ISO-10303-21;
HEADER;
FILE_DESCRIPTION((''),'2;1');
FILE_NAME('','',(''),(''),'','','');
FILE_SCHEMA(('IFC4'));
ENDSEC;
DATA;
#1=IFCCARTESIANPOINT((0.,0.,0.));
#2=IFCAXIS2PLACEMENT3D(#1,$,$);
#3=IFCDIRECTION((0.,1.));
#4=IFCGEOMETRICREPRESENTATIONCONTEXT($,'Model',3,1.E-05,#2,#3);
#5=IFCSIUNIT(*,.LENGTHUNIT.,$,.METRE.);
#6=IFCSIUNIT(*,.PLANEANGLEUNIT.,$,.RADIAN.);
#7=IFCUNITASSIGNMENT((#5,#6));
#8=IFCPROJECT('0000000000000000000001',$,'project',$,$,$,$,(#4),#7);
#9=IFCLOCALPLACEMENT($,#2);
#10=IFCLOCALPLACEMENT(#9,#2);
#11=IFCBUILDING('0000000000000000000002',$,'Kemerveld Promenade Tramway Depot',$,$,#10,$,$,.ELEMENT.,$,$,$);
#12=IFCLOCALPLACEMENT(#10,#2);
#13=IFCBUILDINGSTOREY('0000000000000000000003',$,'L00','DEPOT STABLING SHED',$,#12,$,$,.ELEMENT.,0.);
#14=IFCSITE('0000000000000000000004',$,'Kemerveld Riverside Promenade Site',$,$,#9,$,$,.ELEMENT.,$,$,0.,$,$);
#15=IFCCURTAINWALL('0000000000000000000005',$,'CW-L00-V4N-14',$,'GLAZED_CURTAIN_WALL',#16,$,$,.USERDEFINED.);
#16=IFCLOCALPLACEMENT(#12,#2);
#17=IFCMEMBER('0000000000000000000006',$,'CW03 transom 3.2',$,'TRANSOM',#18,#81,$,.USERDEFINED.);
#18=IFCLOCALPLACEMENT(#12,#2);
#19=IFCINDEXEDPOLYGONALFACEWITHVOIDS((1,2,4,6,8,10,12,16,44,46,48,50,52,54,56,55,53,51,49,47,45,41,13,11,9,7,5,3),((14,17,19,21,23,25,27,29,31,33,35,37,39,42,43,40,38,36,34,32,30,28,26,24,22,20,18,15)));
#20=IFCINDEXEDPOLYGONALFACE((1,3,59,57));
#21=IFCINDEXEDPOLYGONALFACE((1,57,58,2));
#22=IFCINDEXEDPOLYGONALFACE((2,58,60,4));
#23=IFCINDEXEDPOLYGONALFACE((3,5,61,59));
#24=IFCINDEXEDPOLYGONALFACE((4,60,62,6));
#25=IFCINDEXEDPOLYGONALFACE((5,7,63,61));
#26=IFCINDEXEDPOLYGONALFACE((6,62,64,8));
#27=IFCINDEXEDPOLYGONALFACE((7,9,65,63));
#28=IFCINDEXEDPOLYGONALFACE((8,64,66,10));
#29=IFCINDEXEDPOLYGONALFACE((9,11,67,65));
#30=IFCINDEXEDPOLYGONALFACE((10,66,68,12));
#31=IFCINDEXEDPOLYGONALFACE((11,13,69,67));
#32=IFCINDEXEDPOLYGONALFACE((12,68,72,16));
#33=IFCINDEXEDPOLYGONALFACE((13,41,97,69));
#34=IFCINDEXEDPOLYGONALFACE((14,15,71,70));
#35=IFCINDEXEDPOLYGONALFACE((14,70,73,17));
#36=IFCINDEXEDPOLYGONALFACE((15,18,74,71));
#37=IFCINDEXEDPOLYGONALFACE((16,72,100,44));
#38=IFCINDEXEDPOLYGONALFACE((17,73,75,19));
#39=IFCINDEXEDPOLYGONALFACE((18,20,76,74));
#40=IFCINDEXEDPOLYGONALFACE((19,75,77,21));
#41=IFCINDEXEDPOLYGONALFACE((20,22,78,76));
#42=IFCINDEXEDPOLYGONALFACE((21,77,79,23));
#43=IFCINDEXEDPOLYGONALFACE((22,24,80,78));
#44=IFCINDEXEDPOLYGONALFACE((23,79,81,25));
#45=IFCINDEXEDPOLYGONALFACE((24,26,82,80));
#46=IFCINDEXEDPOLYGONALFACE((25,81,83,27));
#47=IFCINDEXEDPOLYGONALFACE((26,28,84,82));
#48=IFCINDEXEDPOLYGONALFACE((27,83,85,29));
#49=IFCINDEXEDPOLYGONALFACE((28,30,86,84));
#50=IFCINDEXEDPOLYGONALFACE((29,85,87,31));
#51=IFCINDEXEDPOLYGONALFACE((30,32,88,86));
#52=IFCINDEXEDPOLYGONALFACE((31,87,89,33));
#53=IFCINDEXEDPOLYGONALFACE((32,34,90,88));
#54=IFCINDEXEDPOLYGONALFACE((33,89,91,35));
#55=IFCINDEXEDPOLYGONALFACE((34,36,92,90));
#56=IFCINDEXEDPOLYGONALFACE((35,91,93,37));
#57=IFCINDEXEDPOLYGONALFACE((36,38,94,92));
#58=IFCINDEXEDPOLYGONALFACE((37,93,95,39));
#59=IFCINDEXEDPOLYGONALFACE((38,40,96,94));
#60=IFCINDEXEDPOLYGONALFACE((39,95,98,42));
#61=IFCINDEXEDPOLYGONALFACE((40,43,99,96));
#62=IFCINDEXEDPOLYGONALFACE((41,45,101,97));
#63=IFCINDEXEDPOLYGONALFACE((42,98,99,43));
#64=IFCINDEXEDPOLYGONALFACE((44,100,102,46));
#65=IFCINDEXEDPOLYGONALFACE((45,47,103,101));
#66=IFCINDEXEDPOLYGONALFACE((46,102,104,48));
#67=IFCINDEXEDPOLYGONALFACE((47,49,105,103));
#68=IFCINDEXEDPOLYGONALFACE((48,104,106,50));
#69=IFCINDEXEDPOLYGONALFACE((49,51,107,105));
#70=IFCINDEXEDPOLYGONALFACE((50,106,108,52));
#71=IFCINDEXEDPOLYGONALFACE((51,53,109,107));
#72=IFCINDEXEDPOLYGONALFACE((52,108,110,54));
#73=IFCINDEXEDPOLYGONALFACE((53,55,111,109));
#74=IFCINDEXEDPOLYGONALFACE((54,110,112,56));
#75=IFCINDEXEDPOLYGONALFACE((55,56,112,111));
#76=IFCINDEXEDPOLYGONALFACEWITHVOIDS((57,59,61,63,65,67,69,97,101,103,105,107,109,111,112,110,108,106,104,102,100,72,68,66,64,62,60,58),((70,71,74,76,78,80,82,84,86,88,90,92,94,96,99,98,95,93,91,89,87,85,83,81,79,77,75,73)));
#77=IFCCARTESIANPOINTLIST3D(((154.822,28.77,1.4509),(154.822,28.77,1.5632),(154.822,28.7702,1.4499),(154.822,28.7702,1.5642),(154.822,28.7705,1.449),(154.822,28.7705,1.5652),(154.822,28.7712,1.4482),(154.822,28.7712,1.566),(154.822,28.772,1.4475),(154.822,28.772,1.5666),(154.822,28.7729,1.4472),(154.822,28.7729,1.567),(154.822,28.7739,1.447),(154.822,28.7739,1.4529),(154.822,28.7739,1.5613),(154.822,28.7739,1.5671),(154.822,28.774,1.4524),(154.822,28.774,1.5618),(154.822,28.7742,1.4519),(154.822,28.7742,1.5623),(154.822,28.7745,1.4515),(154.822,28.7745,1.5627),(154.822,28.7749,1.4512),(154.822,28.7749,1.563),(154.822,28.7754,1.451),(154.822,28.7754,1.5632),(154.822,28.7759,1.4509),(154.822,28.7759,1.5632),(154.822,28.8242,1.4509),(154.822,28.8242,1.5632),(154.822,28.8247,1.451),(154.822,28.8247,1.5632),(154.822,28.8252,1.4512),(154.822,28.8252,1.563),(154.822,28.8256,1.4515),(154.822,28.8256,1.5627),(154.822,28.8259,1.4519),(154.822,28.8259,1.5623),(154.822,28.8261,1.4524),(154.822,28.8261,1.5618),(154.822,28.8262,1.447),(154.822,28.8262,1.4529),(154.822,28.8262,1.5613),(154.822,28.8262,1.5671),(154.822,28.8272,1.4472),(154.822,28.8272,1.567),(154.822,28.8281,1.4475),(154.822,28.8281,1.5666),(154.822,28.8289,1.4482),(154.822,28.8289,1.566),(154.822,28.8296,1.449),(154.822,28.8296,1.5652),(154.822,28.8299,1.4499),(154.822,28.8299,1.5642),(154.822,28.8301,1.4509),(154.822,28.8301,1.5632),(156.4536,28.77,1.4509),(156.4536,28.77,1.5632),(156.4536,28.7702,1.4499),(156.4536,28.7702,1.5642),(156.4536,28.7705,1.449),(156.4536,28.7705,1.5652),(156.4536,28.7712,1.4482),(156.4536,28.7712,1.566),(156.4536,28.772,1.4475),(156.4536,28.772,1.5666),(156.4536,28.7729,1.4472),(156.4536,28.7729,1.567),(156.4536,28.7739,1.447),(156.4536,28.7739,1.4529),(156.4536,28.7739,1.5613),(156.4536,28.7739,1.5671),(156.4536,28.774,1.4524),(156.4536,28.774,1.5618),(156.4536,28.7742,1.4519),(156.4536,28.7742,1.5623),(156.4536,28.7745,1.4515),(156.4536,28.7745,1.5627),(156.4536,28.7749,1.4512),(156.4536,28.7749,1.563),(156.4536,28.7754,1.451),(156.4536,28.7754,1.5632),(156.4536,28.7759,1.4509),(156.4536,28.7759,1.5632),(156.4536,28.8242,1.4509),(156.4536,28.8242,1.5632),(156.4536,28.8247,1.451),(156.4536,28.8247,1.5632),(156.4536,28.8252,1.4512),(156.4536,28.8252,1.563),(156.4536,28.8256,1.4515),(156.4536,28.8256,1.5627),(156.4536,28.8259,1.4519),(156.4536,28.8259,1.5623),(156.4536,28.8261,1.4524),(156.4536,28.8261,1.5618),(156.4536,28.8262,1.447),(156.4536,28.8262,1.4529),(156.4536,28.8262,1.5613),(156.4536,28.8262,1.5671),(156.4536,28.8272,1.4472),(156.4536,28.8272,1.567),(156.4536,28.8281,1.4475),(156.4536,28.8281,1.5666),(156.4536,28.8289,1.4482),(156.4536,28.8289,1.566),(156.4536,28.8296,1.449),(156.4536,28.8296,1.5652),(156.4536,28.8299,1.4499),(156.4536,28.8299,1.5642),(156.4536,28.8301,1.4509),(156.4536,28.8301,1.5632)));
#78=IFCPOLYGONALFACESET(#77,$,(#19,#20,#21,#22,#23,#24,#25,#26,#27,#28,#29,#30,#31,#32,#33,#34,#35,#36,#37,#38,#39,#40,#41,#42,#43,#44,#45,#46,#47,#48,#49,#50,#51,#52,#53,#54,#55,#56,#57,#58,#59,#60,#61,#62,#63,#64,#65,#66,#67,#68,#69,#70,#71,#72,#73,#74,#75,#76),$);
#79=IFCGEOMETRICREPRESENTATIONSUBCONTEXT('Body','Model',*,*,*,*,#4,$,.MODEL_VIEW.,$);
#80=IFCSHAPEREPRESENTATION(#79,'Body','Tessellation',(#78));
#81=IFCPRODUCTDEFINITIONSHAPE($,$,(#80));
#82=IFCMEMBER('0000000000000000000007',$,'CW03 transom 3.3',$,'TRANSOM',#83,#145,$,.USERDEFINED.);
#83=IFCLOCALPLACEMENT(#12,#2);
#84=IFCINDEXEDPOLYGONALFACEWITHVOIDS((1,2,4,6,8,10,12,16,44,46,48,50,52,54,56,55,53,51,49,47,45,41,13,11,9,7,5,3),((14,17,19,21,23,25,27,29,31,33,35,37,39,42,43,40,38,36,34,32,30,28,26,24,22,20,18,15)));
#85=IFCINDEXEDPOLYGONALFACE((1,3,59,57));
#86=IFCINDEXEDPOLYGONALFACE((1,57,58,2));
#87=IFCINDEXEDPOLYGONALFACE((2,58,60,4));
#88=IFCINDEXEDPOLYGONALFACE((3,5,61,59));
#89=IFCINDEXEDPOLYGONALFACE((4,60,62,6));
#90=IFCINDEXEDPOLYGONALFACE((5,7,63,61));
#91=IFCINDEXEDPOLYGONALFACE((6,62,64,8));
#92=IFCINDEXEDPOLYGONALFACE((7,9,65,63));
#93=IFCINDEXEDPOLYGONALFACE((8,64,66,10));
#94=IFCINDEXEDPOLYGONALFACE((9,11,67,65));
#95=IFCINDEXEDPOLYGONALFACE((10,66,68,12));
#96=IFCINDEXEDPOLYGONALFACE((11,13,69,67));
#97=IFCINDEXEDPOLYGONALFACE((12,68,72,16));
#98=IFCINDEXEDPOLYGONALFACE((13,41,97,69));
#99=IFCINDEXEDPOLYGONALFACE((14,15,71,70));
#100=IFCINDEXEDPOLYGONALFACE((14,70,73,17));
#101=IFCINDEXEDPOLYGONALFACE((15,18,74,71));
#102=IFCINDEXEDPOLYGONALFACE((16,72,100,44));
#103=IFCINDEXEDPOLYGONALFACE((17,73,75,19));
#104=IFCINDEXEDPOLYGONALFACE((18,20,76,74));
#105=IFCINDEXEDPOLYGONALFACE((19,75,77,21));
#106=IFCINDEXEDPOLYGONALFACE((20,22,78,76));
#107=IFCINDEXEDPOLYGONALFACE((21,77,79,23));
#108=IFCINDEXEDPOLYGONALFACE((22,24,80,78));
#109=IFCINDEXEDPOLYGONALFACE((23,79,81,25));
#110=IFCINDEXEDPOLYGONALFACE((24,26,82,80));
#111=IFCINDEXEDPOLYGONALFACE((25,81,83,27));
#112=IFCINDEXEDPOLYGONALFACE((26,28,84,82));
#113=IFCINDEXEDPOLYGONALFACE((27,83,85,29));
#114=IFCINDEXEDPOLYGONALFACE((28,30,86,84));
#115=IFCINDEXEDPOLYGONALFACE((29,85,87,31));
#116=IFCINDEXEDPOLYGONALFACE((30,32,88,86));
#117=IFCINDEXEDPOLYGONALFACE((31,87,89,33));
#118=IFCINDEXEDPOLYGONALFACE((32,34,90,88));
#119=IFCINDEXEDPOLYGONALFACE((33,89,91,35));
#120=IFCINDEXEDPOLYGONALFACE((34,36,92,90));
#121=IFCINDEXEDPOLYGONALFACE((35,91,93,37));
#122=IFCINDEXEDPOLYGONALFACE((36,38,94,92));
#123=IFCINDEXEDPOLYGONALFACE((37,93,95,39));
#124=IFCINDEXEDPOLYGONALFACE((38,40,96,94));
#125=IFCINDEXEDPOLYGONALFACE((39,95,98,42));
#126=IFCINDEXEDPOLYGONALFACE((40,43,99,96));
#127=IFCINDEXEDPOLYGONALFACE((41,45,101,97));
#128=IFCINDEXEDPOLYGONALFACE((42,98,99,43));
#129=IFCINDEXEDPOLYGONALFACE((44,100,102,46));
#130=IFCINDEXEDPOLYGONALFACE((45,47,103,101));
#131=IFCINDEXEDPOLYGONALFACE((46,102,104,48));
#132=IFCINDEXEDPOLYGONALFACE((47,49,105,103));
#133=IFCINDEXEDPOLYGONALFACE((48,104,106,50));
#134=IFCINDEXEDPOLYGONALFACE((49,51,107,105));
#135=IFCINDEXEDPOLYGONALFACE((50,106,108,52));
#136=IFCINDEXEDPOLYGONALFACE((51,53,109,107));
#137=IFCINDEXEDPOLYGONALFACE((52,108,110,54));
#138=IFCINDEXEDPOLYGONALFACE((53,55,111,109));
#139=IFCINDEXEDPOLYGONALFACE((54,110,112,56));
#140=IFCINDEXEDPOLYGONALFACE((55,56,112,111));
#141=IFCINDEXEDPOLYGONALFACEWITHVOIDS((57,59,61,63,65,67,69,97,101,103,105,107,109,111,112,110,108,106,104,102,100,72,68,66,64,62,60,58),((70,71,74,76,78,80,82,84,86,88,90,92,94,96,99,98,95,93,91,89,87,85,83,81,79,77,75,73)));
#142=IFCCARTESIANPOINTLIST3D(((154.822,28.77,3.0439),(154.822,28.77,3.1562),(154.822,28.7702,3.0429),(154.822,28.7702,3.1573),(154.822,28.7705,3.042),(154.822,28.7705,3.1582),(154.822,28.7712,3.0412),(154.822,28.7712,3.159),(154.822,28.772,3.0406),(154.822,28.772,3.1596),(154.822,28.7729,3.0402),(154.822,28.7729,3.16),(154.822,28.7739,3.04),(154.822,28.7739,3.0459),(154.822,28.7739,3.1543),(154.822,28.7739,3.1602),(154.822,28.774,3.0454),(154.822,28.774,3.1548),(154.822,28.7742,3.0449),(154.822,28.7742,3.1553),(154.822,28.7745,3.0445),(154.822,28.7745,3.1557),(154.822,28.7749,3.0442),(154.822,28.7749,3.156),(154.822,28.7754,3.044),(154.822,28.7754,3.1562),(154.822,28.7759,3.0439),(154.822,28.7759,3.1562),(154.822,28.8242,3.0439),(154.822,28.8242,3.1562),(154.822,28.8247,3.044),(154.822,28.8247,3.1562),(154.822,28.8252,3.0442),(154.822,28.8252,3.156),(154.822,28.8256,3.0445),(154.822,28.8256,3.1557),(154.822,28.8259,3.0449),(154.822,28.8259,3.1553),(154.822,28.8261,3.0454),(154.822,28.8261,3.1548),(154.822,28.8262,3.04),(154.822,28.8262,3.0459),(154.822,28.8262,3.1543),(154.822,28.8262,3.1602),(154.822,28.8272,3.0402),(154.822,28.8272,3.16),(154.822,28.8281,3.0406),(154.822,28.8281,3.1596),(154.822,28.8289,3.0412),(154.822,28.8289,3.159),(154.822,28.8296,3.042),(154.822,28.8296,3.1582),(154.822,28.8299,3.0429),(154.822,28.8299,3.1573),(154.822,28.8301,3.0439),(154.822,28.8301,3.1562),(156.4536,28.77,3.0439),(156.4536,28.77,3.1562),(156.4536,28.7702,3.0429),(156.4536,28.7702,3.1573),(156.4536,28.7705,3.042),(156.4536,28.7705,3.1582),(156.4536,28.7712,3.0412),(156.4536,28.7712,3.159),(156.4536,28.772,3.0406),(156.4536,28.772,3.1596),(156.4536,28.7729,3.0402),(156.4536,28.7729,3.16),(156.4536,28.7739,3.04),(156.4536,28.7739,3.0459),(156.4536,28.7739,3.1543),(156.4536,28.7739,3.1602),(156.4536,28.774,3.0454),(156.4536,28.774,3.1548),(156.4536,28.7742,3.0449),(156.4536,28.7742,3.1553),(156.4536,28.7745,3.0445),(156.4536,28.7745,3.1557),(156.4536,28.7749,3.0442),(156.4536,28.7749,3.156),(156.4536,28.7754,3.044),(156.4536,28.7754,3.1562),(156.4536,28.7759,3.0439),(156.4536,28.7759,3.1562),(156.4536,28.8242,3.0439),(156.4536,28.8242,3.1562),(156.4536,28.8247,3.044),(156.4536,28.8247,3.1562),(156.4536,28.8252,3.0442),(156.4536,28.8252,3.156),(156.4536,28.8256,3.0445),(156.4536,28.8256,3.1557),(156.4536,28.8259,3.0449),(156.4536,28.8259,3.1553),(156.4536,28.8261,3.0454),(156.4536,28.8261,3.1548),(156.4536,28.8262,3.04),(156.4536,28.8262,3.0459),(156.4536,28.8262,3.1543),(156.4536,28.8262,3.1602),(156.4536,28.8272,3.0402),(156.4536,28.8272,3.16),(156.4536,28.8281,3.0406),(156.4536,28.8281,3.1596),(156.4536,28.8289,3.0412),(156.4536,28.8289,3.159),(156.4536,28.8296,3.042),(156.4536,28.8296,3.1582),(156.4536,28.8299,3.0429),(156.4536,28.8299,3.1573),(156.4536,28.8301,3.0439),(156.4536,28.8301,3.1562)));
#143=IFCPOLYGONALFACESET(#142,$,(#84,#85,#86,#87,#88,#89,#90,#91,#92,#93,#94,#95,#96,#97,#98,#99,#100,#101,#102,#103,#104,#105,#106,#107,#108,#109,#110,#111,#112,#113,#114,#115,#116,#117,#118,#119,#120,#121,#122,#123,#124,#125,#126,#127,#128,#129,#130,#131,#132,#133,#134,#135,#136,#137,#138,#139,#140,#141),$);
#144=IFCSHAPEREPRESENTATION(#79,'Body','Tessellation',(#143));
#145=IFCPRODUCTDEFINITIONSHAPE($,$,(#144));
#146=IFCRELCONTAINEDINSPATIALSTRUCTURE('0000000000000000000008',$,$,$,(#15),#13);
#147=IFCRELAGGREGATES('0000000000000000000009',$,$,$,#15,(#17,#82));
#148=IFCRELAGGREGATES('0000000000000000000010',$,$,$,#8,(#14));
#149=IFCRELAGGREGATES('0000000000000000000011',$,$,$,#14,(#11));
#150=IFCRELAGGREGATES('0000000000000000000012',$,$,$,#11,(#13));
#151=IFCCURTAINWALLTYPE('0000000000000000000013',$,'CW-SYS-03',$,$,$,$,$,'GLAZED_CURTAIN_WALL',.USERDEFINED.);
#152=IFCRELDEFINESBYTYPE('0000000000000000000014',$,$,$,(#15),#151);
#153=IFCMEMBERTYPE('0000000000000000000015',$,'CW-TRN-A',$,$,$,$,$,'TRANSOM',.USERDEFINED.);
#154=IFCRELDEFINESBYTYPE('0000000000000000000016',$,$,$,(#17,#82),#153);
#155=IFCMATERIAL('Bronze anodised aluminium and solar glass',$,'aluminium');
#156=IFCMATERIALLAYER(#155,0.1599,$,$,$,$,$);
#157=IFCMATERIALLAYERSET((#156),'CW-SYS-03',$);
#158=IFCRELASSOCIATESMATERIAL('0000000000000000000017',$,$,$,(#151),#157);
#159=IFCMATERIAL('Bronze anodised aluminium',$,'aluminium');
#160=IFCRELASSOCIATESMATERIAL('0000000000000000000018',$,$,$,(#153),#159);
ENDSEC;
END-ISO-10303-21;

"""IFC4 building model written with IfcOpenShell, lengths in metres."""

from ifc_helpers import new_model, si_unit, direction, frame, origin, origin_2d, place, context, subcontext, project, spatial, hollow_rectangle, extrude, material, layer, layer_set, material_profile, profile_set, type_object, element, aggregate, save


model = new_model("IFC4")

# Units and contexts
model_context = context("Model", 3, precision=1e-05, world=origin(), true_north=direction((0.0, 1.0)))
body_context = subcontext(model_context, "Body", "Model", "MODEL_VIEW")
ifc_project = project(units=[si_unit("LENGTHUNIT", "METRE"), si_unit("PLANEANGLEUNIT", "RADIAN")], contexts=[model_context])

# Site, building, storey
site_placement = place(None, origin())
site = spatial("IfcSite", under=ifc_project, at=site_placement, Name="Kemerveld Riverside Promenade Site", CompositionType="ELEMENT", RefElevation=0.0)
building_placement = place(site_placement, origin())
building = spatial("IfcBuilding", under=site, at=building_placement, Name="Kemerveld Promenade Tramway Depot", CompositionType="ELEMENT")
storey_placement = place(building_placement, origin())
storey = spatial("IfcBuildingStorey", under=building, at=storey_placement, Name="L00", Description="DEPOT STABLING SHED", CompositionType="ELEMENT", Elevation=0.0)

# Curtain wall, members
ifc_material_1 = material(Name="Bronze anodised aluminium and solar glass", Category="aluminium")
ifc_layer_1 = layer(ifc_material_1, 0.1599)
ifc_layer_set_1 = layer_set([ifc_layer_1], Name="CW-SYS-03")
curtain_wall_type = type_object("IfcCurtainWallType", Name="CW-SYS-03", ElementType="GLAZED_CURTAIN_WALL", PredefinedType="USERDEFINED", material=ifc_layer_set_1)
curtain_wall_placement = place(storey_placement, origin())
curtain_wall = element("IfcCurtainWall", 1, at=curtain_wall_placement, inside=storey, type_object=curtain_wall_type, Name="CW-L00-V4N-14", ObjectType="GLAZED_CURTAIN_WALL", PredefinedType="USERDEFINED")
ifc_material_2 = material(Name="Bronze anodised aluminium", Category="aluminium")
ifc_material_profile_1 = material_profile(ifc_material_2, hollow_rectangle(XDim=0.0601, YDim=0.1201, WallThickness=0.0039, InnerFilletRadius=0.002, OuterFilletRadius=0.0039, at=origin_2d()), Name="CW-TRN-120x60")
ifc_profile_set_1 = profile_set([ifc_material_profile_1], Name="Bronze anodised aluminium")
member_type_1 = type_object("IfcMemberType", Name="CW-TRN-A", ElementType="TRANSOM", PredefinedType="USERDEFINED", material=ifc_profile_set_1)
member_1_placement = place(storey_placement, frame((154.822, 28.8, 1.5071), z_axis=(1.0, 0.0, 0.0), x_axis=(0.0, 1.0, 0.0)))
member_1 = element("IfcMember", 2, at=member_1_placement, type_object=member_type_1, Name="CW03 transom 3.2", ObjectType="TRANSOM", PredefinedType="USERDEFINED", context=body_context, shape_type="SweptSolid", body=[
    extrude(hollow_rectangle(XDim=0.0601, YDim=0.1201, WallThickness=0.0039, InnerFilletRadius=0.002, OuterFilletRadius=0.0039, at=origin_2d()), origin(), (0.0, 0.0, 1.0), 1.6316),
])
member_2_placement = place(storey_placement, frame((154.822, 28.8, 3.1001), z_axis=(1.0, 0.0, 0.0), x_axis=(0.0, 1.0, 0.0)))
member_2 = element("IfcMember", 3, at=member_2_placement, type_object=member_type_1, Name="CW03 transom 3.3", ObjectType="TRANSOM", PredefinedType="USERDEFINED", context=body_context, shape_type="SweptSolid", body=[
    extrude(hollow_rectangle(XDim=0.0601, YDim=0.1201, WallThickness=0.0039, InnerFilletRadius=0.002, OuterFilletRadius=0.0039, at=origin_2d()), origin(), (0.0, 0.0, 1.0), 1.6316),
])
aggregate(curtain_wall, [member_1, member_2])

save(model, "model.ifc")
